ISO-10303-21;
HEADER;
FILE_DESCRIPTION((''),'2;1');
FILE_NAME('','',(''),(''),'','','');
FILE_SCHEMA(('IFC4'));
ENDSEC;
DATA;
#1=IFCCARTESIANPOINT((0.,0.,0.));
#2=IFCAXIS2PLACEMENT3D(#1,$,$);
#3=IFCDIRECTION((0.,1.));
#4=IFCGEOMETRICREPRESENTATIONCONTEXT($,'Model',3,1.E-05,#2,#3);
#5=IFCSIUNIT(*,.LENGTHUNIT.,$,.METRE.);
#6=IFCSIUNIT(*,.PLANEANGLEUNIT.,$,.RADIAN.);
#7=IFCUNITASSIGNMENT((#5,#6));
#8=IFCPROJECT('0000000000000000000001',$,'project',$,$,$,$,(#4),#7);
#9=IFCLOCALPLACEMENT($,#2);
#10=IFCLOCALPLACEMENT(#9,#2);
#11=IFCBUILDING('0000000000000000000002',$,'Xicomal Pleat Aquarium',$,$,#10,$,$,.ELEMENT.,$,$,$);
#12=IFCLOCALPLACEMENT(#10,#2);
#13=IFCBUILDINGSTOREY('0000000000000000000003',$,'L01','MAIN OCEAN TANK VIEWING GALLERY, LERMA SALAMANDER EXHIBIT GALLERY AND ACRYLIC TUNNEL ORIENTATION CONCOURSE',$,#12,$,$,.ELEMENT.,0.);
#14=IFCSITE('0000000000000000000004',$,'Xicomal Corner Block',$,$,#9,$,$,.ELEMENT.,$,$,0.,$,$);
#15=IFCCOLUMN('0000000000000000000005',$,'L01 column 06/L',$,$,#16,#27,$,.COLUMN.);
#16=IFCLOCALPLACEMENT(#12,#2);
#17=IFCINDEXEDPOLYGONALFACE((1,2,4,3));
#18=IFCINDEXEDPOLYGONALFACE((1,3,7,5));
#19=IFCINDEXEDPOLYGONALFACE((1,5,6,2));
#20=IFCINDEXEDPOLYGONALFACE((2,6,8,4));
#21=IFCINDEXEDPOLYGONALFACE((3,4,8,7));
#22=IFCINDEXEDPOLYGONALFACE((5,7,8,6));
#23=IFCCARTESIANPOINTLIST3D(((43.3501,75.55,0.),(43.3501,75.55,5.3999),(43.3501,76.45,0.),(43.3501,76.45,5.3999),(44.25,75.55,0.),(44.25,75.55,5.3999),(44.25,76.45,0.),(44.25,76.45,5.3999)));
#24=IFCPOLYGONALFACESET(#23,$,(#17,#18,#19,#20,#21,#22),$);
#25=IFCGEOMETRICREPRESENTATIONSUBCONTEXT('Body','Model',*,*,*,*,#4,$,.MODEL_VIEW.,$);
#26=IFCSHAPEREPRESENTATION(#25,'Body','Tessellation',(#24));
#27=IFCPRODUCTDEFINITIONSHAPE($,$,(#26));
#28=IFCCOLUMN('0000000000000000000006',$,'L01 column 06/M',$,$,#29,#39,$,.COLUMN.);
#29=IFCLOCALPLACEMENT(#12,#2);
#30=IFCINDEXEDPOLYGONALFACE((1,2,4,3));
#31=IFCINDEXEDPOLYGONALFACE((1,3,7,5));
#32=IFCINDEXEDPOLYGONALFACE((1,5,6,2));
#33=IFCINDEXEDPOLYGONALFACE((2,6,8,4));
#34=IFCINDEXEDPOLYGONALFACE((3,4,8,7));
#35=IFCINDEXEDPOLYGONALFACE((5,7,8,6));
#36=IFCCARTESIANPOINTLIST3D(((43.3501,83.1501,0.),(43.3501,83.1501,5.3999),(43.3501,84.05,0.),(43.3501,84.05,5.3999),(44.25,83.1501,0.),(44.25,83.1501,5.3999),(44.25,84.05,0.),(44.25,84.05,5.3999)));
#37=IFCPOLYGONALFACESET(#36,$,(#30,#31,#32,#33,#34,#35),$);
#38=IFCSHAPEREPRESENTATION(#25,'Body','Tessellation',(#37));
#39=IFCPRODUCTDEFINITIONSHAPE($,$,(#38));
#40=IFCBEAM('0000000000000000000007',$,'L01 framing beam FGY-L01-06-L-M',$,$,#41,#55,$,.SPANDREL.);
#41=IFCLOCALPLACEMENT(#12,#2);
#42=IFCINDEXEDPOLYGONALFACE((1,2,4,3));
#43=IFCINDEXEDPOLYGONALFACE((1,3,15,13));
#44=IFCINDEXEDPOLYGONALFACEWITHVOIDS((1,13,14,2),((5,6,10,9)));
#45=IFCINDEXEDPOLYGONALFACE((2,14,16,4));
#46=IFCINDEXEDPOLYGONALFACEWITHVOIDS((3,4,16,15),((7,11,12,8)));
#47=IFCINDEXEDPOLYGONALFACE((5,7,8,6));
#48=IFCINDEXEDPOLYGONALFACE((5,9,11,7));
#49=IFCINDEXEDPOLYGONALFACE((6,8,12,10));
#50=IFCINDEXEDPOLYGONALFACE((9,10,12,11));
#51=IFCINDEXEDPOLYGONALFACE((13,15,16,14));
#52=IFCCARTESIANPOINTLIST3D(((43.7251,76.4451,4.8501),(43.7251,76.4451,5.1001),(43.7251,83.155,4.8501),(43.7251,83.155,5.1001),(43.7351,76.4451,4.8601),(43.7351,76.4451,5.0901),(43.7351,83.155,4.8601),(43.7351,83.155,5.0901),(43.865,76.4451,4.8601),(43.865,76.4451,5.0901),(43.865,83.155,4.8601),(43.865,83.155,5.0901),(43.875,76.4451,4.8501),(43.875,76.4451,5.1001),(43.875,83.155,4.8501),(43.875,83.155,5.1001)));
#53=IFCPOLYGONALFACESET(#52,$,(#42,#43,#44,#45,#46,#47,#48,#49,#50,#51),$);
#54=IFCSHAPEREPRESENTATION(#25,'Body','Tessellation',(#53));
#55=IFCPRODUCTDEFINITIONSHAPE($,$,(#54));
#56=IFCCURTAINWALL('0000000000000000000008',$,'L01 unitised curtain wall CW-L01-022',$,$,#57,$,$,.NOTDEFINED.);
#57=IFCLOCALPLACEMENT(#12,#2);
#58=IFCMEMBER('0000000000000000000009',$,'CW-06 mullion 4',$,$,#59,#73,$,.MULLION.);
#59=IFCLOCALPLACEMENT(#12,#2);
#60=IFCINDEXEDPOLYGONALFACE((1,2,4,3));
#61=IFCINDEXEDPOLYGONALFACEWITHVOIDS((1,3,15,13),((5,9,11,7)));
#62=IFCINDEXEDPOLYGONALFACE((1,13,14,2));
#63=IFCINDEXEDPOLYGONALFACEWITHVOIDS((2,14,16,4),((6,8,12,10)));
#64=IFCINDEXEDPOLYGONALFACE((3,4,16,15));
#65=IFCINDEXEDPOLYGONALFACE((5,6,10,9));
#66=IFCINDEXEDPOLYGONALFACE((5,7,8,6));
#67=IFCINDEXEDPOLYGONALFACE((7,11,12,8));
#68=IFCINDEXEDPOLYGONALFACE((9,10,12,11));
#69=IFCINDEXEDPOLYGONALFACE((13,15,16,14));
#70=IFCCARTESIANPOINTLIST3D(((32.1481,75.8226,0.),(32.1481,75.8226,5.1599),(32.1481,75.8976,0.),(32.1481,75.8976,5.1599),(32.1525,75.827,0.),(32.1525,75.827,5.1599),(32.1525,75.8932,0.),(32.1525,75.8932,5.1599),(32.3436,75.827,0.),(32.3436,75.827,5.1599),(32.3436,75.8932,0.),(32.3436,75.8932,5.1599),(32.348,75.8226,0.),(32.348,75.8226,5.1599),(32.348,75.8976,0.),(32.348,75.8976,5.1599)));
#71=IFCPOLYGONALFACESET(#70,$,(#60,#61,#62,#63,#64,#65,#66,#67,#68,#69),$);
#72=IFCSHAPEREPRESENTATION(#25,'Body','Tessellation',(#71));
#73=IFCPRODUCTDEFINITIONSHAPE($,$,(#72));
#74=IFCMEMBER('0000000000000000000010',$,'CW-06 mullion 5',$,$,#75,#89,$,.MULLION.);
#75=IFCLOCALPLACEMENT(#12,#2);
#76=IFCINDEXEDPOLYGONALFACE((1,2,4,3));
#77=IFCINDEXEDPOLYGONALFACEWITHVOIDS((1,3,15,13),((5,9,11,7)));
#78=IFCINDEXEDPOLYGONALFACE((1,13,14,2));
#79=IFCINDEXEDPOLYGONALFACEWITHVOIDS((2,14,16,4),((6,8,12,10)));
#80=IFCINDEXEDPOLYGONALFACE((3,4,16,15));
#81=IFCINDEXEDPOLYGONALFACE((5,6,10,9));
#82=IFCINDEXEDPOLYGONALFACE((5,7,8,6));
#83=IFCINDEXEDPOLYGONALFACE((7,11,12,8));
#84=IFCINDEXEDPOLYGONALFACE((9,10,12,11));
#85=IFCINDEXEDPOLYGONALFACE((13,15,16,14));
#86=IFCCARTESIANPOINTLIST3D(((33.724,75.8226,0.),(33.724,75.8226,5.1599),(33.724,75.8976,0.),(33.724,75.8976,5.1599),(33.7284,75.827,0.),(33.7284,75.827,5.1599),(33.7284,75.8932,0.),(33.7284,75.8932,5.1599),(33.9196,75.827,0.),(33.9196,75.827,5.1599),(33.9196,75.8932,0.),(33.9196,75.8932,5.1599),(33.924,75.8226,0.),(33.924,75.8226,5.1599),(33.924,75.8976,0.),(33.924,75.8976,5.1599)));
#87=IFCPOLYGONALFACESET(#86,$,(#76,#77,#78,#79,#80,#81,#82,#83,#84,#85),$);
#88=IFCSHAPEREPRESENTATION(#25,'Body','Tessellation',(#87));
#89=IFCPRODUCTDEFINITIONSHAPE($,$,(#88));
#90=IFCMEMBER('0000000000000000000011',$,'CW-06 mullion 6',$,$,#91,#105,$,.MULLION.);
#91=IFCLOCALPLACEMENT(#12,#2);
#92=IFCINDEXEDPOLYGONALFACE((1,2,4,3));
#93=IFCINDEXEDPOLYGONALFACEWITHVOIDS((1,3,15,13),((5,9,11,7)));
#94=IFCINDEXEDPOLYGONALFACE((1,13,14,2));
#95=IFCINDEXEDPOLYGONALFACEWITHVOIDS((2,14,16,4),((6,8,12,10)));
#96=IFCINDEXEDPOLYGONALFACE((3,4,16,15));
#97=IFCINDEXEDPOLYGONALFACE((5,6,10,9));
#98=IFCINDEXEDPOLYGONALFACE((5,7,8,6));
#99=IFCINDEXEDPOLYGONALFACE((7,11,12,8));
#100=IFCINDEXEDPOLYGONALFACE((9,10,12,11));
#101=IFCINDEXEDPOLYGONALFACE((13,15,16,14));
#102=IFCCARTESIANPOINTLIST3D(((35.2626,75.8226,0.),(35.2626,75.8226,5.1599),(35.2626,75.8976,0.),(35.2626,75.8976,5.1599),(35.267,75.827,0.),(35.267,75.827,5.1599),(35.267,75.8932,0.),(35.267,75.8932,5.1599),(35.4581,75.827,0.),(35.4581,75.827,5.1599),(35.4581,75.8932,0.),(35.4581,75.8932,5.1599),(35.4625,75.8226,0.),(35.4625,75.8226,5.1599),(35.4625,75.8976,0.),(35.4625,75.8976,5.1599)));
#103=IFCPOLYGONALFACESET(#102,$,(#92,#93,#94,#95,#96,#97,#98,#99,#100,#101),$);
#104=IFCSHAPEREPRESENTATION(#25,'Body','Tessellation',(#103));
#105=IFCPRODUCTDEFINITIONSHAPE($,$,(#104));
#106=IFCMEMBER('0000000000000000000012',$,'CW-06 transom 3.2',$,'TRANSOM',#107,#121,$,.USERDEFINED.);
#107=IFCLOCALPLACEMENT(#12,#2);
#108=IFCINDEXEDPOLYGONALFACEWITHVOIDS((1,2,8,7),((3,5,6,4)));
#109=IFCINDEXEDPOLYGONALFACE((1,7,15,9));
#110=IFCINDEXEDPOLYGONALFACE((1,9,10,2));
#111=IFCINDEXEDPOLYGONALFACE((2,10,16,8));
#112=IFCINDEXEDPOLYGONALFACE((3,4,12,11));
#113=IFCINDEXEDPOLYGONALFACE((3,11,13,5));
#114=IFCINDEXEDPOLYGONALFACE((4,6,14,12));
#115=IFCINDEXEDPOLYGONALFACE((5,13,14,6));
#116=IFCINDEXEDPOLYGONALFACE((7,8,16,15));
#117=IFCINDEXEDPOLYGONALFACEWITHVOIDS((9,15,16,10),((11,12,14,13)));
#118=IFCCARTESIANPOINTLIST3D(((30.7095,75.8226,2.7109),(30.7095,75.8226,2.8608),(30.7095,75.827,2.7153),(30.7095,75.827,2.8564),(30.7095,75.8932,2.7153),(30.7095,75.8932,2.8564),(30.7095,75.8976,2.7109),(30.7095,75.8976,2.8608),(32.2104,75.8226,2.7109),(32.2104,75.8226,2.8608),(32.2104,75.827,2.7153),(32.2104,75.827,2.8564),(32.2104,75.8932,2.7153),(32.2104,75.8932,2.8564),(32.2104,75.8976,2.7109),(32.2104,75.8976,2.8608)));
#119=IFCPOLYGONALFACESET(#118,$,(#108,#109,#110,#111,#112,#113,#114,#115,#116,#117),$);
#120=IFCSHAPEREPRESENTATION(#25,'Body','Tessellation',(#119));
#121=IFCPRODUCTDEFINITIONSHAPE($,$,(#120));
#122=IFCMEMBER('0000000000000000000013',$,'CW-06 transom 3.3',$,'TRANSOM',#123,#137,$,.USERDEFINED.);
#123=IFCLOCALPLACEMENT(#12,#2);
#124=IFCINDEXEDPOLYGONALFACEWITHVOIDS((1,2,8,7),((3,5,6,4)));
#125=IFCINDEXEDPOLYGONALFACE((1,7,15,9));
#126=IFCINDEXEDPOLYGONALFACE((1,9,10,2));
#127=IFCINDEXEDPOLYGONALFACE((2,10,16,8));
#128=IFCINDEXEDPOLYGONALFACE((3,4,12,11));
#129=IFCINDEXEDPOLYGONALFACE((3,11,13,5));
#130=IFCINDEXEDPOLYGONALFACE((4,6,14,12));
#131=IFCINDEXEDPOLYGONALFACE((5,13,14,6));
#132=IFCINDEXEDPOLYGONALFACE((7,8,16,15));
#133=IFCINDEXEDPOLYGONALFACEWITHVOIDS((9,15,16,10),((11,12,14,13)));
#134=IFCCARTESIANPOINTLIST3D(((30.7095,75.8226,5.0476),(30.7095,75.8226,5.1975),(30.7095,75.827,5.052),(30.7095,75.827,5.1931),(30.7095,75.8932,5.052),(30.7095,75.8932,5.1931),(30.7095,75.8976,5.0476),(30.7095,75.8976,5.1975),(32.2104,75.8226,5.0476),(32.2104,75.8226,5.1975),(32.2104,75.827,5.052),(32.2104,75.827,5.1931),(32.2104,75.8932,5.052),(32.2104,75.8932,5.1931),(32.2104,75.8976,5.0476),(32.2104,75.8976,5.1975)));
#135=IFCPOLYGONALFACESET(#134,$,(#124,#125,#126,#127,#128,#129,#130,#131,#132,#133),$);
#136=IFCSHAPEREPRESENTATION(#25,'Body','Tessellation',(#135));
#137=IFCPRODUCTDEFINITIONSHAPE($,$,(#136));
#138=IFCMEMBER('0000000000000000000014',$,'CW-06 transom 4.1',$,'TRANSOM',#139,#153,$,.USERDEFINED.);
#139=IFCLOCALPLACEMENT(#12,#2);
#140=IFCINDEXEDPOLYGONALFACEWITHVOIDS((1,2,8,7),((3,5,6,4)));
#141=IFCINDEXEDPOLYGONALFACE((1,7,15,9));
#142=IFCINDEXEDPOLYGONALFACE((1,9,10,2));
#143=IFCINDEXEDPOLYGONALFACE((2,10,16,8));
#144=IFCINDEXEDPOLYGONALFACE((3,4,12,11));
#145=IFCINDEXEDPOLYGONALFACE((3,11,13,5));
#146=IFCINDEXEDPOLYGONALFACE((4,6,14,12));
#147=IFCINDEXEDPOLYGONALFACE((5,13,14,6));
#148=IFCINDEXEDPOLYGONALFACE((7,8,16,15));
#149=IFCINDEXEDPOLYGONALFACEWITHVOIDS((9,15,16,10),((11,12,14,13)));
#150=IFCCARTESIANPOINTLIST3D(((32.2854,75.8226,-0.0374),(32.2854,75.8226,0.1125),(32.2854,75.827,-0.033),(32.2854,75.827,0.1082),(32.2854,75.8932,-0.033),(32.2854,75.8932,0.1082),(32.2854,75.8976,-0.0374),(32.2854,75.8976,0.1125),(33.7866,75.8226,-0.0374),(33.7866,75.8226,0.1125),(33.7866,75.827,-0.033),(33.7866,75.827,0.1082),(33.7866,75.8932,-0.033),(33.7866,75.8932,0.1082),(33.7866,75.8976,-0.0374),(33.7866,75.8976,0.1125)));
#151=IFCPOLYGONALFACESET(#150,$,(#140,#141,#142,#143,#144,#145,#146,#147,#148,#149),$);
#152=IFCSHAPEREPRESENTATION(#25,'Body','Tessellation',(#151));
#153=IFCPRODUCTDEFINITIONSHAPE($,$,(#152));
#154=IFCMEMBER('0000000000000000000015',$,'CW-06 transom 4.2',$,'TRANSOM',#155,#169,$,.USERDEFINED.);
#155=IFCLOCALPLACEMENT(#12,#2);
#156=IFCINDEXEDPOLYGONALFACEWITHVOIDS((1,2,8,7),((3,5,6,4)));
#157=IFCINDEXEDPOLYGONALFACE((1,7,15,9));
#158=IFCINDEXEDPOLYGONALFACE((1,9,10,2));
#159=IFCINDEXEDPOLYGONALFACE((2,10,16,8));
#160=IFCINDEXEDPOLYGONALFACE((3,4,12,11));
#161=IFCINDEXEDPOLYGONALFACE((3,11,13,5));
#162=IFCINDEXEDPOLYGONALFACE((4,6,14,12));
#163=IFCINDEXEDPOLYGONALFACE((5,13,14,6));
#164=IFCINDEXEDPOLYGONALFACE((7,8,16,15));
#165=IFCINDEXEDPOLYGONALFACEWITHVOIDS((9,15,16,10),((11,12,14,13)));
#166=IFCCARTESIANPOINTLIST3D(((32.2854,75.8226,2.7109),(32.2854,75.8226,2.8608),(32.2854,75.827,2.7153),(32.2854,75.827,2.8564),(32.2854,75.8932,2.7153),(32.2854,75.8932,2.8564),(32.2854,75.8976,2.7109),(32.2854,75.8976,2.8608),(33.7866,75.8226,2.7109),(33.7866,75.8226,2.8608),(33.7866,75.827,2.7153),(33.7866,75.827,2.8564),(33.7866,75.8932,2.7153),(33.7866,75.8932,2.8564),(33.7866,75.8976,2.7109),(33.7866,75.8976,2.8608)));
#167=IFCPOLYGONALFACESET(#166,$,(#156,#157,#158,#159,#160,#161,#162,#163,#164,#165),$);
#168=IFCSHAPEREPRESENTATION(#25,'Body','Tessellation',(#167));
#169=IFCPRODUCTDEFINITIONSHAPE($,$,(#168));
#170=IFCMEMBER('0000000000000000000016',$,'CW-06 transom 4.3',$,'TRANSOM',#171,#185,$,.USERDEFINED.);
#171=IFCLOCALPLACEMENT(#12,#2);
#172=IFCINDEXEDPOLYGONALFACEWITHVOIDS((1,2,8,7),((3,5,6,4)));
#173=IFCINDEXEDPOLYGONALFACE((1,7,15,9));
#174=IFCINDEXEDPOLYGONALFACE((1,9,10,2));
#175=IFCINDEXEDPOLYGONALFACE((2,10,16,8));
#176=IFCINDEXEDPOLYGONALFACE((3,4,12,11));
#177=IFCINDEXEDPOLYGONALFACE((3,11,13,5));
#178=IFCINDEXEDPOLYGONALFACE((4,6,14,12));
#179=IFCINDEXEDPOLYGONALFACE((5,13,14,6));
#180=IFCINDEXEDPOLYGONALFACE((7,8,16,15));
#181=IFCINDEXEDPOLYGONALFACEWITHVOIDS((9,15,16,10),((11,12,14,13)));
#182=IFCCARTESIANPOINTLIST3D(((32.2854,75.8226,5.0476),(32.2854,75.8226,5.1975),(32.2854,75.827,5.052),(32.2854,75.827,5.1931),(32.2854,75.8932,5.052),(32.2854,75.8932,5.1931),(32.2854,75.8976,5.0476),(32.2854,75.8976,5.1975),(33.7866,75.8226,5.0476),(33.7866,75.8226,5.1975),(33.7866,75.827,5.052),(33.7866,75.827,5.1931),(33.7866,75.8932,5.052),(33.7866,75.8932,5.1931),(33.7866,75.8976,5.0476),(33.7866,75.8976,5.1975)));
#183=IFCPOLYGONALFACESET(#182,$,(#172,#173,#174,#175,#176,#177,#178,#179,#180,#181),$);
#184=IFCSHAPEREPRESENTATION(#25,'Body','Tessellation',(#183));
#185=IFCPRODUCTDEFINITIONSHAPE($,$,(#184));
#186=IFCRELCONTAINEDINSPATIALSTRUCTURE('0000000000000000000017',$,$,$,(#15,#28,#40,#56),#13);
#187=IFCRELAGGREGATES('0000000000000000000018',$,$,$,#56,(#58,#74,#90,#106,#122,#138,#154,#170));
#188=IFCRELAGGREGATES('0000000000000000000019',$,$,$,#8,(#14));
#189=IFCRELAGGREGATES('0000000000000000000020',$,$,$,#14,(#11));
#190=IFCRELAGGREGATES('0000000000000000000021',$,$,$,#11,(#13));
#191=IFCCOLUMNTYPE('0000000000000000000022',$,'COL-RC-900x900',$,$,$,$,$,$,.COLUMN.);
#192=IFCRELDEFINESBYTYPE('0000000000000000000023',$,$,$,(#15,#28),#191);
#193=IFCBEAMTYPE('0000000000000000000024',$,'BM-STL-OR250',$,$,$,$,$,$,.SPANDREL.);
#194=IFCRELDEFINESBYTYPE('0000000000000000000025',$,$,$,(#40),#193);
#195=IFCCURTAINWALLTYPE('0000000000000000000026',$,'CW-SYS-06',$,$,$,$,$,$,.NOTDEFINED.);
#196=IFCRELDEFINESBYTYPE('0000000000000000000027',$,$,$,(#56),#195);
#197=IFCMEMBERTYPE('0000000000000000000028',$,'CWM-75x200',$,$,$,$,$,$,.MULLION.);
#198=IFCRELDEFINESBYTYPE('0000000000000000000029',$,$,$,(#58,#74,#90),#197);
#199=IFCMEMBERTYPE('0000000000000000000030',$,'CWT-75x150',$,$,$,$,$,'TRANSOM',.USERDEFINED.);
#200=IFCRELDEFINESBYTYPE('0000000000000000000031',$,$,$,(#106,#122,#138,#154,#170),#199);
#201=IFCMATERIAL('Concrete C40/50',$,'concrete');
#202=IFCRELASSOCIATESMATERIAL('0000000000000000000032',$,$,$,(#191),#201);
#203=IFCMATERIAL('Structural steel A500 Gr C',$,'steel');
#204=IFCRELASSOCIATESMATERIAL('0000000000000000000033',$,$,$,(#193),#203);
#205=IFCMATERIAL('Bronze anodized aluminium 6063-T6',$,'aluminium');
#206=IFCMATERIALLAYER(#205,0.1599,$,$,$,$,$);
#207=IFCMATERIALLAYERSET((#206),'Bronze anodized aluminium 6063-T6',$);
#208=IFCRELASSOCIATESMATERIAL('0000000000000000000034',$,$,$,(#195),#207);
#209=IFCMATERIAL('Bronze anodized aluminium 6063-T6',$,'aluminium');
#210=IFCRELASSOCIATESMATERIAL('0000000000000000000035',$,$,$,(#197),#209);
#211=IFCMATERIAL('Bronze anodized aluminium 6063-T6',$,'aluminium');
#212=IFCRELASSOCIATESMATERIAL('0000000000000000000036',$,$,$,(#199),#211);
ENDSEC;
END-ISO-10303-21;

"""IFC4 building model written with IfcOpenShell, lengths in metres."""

from ifc_helpers import new_model, si_unit, direction, frame, origin, origin_2d, place, context, subcontext, project, spatial, rectangle, hollow_rectangle, extrude, material, layer, layer_set, material_profile, profile_set, type_object, element, aggregate, save


model = new_model("IFC4")

# Units and contexts
model_context = context("Model", 3, precision=1e-05, world=origin(), true_north=direction((0.0, 1.0)))
body_context = subcontext(model_context, "Body", "Model", "MODEL_VIEW")
ifc_project = project(units=[si_unit("LENGTHUNIT", "METRE"), si_unit("PLANEANGLEUNIT", "RADIAN")], contexts=[model_context])

# Site, building, storey
site_placement = place(None, origin())
site = spatial("IfcSite", under=ifc_project, at=site_placement, Name="Xicomal Corner Block", CompositionType="ELEMENT", RefElevation=0.0)
building_placement = place(site_placement, origin())
building = spatial("IfcBuilding", under=site, at=building_placement, Name="Xicomal Pleat Aquarium", CompositionType="ELEMENT")
storey_placement = place(building_placement, origin())
storey = spatial("IfcBuildingStorey", under=building, at=storey_placement, Name="L01", Description="MAIN OCEAN TANK VIEWING GALLERY, LERMA SALAMANDER EXHIBIT GALLERY AND ACRYLIC TUNNEL ORIENTATION CONCOURSE", CompositionType="ELEMENT", Elevation=0.0)

# Columns
ifc_material_1 = material(Name="Concrete C40/50", Category="concrete")
ifc_material_profile_1 = material_profile(ifc_material_1, rectangle(XDim=0.8999, YDim=0.8999, at=origin_2d()), Name="RC 900x900")
ifc_profile_set_1 = profile_set([ifc_material_profile_1], Name="Concrete C40/50")
column_type = type_object("IfcColumnType", Name="COL-RC-900x900", PredefinedType="COLUMN", material=ifc_profile_set_1)
for number, where, z_axis, x_axis, name in (
    (1, (43.8, 76.0, 0.0), (0.0, 0.0, 1.0), (1.0, 0.0, 0.0), "L01 column 06/L"),
    (2, (43.8, 83.6001, 0.0), (0.0, 0.0, 1.0), (1.0, 0.0, 0.0), "L01 column 06/M"),
):
    element("IfcColumn", number, at=place(storey_placement, frame(where, z_axis=z_axis, x_axis=x_axis)), inside=storey, type_object=column_type, Name=name, PredefinedType="COLUMN", context=body_context, shape_type="SweptSolid", body=[
        extrude(rectangle(XDim=0.8999, YDim=0.8999, at=origin_2d()), origin(), (0.0, 0.0, 1.0), 5.3999),
    ])

# Beam
ifc_material_2 = material(Name="Structural steel A500 Gr C", Category="steel")
ifc_material_profile_2 = material_profile(ifc_material_2, hollow_rectangle(XDim=0.1499, YDim=0.25, WallThickness=0.01, at=origin_2d()), Name="OR 250x150x10")
ifc_profile_set_2 = profile_set([ifc_material_profile_2], Name="Structural steel A500 Gr C")
beam_type = type_object("IfcBeamType", Name="BM-STL-OR250", PredefinedType="SPANDREL", material=ifc_profile_set_2)
beam_placement = place(storey_placement, frame((43.8, 76.4451, 4.9751), z_axis=(0.0, 1.0, 0.0), x_axis=(-1.0, 0.0, 0.0)))
element("IfcBeam", 3, at=beam_placement, inside=storey, type_object=beam_type, Name="L01 framing beam FGY-L01-06-L-M", PredefinedType="SPANDREL", context=body_context, shape_type="SweptSolid", body=[
    extrude(hollow_rectangle(XDim=0.1499, YDim=0.25, WallThickness=0.01, at=origin_2d()), origin(), (0.0, 0.0, 1.0), 6.71),
])

# Curtain wall, members
ifc_material_3 = material(Name="Bronze anodized aluminium 6063-T6", Category="aluminium")
ifc_layer_1 = layer(ifc_material_3, 0.1599)
ifc_layer_set_1 = layer_set([ifc_layer_1], Name="Bronze anodized aluminium 6063-T6")
curtain_wall_type_1 = type_object("IfcCurtainWallType", Name="CW-SYS-06", PredefinedType="NOTDEFINED", material=ifc_layer_set_1)
curtain_wall_1_placement = place(storey_placement, origin())
curtain_wall_1 = element("IfcCurtainWall", 4, at=curtain_wall_1_placement, inside=storey, type_object=curtain_wall_type_1, Name="L01 unitised curtain wall CW-L01-022", PredefinedType="NOTDEFINED")
ifc_material_4 = material(Name="Bronze anodized aluminium 6063-T6", Category="aluminium")
ifc_material_profile_3 = material_profile(ifc_material_4, hollow_rectangle(XDim=0.075, YDim=0.2, WallThickness=0.0044, at=origin_2d()), Name="ALU MULL 75x200")
ifc_profile_set_3 = profile_set([ifc_material_profile_3], Name="Bronze anodized aluminium 6063-T6")
member_type_1 = type_object("IfcMemberType", Name="CWM-75x200", PredefinedType="MULLION", material=ifc_profile_set_3)
member_1_placement = place(storey_placement, frame((32.248, 75.8601, 0.0), z_axis=(0.0, 0.0, 1.0), x_axis=(0.0, 1.0, 0.0)))
member_1 = element("IfcMember", 5, at=member_1_placement, type_object=member_type_1, Name="CW-06 mullion 4", PredefinedType="MULLION", context=body_context, shape_type="SweptSolid", body=[
    extrude(hollow_rectangle(XDim=0.075, YDim=0.2, WallThickness=0.0044, at=origin_2d()), origin(), (0.0, 0.0, 1.0), 5.1599),
])
member_2_placement = place(storey_placement, frame((33.824, 75.8601, 0.0), z_axis=(0.0, 0.0, 1.0), x_axis=(0.0, 1.0, 0.0)))
member_2 = element("IfcMember", 6, at=member_2_placement, type_object=member_type_1, Name="CW-06 mullion 5", PredefinedType="MULLION", context=body_context, shape_type="SweptSolid", body=[
    extrude(hollow_rectangle(XDim=0.075, YDim=0.2, WallThickness=0.0044, at=origin_2d()), origin(), (0.0, 0.0, 1.0), 5.1599),
])
member_3_placement = place(storey_placement, frame((35.3625, 75.8601, 0.0), z_axis=(0.0, 0.0, 1.0), x_axis=(0.0, 1.0, 0.0)))
member_3 = element("IfcMember", 7, at=member_3_placement, type_object=member_type_1, Name="CW-06 mullion 6", PredefinedType="MULLION", context=body_context, shape_type="SweptSolid", body=[
    extrude(hollow_rectangle(XDim=0.075, YDim=0.2, WallThickness=0.0044, at=origin_2d()), origin(), (0.0, 0.0, 1.0), 5.1599),
])
ifc_material_5 = material(Name="Bronze anodized aluminium 6063-T6", Category="aluminium")
ifc_material_profile_4 = material_profile(ifc_material_5, hollow_rectangle(XDim=0.075, YDim=0.1499, WallThickness=0.0044, at=origin_2d()), Name="ALU TRAN 75x150")
ifc_profile_set_4 = profile_set([ifc_material_profile_4], Name="Bronze anodized aluminium 6063-T6")
member_type_2 = type_object("IfcMemberType", Name="CWT-75x150", ElementType="TRANSOM", PredefinedType="USERDEFINED", material=ifc_profile_set_4)
member_4_placement = place(storey_placement, frame((30.7095, 75.8601, 2.7859), z_axis=(1.0, 0.0, 0.0), x_axis=(0.0, 1.0, 0.0)))
member_4 = element("IfcMember", 8, at=member_4_placement, type_object=member_type_2, Name="CW-06 transom 3.2", ObjectType="TRANSOM", PredefinedType="USERDEFINED", context=body_context, shape_type="SweptSolid", body=[
    extrude(hollow_rectangle(XDim=0.075, YDim=0.1499, WallThickness=0.0044, at=origin_2d()), origin(), (0.0, 0.0, 1.0), 1.501),
])
member_5_placement = place(storey_placement, frame((30.7095, 75.8601, 5.1226), z_axis=(1.0, 0.0, 0.0), x_axis=(0.0, 1.0, 0.0)))
member_5 = element("IfcMember", 9, at=member_5_placement, type_object=member_type_2, Name="CW-06 transom 3.3", ObjectType="TRANSOM", PredefinedType="USERDEFINED", context=body_context, shape_type="SweptSolid", body=[
    extrude(hollow_rectangle(XDim=0.075, YDim=0.1499, WallThickness=0.0044, at=origin_2d()), origin(), (0.0, 0.0, 1.0), 1.501),
])
member_6_placement = place(storey_placement, frame((32.2854, 75.8601, 0.0376), z_axis=(1.0, 0.0, 0.0), x_axis=(0.0, 1.0, 0.0)))
member_6 = element("IfcMember", 10, at=member_6_placement, type_object=member_type_2, Name="CW-06 transom 4.1", ObjectType="TRANSOM", PredefinedType="USERDEFINED", context=body_context, shape_type="SweptSolid", body=[
    extrude(hollow_rectangle(XDim=0.075, YDim=0.1499, WallThickness=0.0044, at=origin_2d()), origin(), (0.0, 0.0, 1.0), 1.5012),
])
member_7_placement = place(storey_placement, frame((32.2854, 75.8601, 2.7859), z_axis=(1.0, 0.0, 0.0), x_axis=(0.0, 1.0, 0.0)))
member_7 = element("IfcMember", 11, at=member_7_placement, type_object=member_type_2, Name="CW-06 transom 4.2", ObjectType="TRANSOM", PredefinedType="USERDEFINED", context=body_context, shape_type="SweptSolid", body=[
    extrude(hollow_rectangle(XDim=0.075, YDim=0.1499, WallThickness=0.0044, at=origin_2d()), origin(), (0.0, 0.0, 1.0), 1.5012),
])
member_8_placement = place(storey_placement, frame((32.2854, 75.8601, 5.1226), z_axis=(1.0, 0.0, 0.0), x_axis=(0.0, 1.0, 0.0)))
member_8 = element("IfcMember", 12, at=member_8_placement, type_object=member_type_2, Name="CW-06 transom 4.3", ObjectType="TRANSOM", PredefinedType="USERDEFINED", context=body_context, shape_type="SweptSolid", body=[
    extrude(hollow_rectangle(XDim=0.075, YDim=0.1499, WallThickness=0.0044, at=origin_2d()), origin(), (0.0, 0.0, 1.0), 1.5012),
])

aggregate(curtain_wall_1, [member_1, member_2, member_3, member_4, member_5, member_6, member_7, member_8])

save(model, "model.ifc")
